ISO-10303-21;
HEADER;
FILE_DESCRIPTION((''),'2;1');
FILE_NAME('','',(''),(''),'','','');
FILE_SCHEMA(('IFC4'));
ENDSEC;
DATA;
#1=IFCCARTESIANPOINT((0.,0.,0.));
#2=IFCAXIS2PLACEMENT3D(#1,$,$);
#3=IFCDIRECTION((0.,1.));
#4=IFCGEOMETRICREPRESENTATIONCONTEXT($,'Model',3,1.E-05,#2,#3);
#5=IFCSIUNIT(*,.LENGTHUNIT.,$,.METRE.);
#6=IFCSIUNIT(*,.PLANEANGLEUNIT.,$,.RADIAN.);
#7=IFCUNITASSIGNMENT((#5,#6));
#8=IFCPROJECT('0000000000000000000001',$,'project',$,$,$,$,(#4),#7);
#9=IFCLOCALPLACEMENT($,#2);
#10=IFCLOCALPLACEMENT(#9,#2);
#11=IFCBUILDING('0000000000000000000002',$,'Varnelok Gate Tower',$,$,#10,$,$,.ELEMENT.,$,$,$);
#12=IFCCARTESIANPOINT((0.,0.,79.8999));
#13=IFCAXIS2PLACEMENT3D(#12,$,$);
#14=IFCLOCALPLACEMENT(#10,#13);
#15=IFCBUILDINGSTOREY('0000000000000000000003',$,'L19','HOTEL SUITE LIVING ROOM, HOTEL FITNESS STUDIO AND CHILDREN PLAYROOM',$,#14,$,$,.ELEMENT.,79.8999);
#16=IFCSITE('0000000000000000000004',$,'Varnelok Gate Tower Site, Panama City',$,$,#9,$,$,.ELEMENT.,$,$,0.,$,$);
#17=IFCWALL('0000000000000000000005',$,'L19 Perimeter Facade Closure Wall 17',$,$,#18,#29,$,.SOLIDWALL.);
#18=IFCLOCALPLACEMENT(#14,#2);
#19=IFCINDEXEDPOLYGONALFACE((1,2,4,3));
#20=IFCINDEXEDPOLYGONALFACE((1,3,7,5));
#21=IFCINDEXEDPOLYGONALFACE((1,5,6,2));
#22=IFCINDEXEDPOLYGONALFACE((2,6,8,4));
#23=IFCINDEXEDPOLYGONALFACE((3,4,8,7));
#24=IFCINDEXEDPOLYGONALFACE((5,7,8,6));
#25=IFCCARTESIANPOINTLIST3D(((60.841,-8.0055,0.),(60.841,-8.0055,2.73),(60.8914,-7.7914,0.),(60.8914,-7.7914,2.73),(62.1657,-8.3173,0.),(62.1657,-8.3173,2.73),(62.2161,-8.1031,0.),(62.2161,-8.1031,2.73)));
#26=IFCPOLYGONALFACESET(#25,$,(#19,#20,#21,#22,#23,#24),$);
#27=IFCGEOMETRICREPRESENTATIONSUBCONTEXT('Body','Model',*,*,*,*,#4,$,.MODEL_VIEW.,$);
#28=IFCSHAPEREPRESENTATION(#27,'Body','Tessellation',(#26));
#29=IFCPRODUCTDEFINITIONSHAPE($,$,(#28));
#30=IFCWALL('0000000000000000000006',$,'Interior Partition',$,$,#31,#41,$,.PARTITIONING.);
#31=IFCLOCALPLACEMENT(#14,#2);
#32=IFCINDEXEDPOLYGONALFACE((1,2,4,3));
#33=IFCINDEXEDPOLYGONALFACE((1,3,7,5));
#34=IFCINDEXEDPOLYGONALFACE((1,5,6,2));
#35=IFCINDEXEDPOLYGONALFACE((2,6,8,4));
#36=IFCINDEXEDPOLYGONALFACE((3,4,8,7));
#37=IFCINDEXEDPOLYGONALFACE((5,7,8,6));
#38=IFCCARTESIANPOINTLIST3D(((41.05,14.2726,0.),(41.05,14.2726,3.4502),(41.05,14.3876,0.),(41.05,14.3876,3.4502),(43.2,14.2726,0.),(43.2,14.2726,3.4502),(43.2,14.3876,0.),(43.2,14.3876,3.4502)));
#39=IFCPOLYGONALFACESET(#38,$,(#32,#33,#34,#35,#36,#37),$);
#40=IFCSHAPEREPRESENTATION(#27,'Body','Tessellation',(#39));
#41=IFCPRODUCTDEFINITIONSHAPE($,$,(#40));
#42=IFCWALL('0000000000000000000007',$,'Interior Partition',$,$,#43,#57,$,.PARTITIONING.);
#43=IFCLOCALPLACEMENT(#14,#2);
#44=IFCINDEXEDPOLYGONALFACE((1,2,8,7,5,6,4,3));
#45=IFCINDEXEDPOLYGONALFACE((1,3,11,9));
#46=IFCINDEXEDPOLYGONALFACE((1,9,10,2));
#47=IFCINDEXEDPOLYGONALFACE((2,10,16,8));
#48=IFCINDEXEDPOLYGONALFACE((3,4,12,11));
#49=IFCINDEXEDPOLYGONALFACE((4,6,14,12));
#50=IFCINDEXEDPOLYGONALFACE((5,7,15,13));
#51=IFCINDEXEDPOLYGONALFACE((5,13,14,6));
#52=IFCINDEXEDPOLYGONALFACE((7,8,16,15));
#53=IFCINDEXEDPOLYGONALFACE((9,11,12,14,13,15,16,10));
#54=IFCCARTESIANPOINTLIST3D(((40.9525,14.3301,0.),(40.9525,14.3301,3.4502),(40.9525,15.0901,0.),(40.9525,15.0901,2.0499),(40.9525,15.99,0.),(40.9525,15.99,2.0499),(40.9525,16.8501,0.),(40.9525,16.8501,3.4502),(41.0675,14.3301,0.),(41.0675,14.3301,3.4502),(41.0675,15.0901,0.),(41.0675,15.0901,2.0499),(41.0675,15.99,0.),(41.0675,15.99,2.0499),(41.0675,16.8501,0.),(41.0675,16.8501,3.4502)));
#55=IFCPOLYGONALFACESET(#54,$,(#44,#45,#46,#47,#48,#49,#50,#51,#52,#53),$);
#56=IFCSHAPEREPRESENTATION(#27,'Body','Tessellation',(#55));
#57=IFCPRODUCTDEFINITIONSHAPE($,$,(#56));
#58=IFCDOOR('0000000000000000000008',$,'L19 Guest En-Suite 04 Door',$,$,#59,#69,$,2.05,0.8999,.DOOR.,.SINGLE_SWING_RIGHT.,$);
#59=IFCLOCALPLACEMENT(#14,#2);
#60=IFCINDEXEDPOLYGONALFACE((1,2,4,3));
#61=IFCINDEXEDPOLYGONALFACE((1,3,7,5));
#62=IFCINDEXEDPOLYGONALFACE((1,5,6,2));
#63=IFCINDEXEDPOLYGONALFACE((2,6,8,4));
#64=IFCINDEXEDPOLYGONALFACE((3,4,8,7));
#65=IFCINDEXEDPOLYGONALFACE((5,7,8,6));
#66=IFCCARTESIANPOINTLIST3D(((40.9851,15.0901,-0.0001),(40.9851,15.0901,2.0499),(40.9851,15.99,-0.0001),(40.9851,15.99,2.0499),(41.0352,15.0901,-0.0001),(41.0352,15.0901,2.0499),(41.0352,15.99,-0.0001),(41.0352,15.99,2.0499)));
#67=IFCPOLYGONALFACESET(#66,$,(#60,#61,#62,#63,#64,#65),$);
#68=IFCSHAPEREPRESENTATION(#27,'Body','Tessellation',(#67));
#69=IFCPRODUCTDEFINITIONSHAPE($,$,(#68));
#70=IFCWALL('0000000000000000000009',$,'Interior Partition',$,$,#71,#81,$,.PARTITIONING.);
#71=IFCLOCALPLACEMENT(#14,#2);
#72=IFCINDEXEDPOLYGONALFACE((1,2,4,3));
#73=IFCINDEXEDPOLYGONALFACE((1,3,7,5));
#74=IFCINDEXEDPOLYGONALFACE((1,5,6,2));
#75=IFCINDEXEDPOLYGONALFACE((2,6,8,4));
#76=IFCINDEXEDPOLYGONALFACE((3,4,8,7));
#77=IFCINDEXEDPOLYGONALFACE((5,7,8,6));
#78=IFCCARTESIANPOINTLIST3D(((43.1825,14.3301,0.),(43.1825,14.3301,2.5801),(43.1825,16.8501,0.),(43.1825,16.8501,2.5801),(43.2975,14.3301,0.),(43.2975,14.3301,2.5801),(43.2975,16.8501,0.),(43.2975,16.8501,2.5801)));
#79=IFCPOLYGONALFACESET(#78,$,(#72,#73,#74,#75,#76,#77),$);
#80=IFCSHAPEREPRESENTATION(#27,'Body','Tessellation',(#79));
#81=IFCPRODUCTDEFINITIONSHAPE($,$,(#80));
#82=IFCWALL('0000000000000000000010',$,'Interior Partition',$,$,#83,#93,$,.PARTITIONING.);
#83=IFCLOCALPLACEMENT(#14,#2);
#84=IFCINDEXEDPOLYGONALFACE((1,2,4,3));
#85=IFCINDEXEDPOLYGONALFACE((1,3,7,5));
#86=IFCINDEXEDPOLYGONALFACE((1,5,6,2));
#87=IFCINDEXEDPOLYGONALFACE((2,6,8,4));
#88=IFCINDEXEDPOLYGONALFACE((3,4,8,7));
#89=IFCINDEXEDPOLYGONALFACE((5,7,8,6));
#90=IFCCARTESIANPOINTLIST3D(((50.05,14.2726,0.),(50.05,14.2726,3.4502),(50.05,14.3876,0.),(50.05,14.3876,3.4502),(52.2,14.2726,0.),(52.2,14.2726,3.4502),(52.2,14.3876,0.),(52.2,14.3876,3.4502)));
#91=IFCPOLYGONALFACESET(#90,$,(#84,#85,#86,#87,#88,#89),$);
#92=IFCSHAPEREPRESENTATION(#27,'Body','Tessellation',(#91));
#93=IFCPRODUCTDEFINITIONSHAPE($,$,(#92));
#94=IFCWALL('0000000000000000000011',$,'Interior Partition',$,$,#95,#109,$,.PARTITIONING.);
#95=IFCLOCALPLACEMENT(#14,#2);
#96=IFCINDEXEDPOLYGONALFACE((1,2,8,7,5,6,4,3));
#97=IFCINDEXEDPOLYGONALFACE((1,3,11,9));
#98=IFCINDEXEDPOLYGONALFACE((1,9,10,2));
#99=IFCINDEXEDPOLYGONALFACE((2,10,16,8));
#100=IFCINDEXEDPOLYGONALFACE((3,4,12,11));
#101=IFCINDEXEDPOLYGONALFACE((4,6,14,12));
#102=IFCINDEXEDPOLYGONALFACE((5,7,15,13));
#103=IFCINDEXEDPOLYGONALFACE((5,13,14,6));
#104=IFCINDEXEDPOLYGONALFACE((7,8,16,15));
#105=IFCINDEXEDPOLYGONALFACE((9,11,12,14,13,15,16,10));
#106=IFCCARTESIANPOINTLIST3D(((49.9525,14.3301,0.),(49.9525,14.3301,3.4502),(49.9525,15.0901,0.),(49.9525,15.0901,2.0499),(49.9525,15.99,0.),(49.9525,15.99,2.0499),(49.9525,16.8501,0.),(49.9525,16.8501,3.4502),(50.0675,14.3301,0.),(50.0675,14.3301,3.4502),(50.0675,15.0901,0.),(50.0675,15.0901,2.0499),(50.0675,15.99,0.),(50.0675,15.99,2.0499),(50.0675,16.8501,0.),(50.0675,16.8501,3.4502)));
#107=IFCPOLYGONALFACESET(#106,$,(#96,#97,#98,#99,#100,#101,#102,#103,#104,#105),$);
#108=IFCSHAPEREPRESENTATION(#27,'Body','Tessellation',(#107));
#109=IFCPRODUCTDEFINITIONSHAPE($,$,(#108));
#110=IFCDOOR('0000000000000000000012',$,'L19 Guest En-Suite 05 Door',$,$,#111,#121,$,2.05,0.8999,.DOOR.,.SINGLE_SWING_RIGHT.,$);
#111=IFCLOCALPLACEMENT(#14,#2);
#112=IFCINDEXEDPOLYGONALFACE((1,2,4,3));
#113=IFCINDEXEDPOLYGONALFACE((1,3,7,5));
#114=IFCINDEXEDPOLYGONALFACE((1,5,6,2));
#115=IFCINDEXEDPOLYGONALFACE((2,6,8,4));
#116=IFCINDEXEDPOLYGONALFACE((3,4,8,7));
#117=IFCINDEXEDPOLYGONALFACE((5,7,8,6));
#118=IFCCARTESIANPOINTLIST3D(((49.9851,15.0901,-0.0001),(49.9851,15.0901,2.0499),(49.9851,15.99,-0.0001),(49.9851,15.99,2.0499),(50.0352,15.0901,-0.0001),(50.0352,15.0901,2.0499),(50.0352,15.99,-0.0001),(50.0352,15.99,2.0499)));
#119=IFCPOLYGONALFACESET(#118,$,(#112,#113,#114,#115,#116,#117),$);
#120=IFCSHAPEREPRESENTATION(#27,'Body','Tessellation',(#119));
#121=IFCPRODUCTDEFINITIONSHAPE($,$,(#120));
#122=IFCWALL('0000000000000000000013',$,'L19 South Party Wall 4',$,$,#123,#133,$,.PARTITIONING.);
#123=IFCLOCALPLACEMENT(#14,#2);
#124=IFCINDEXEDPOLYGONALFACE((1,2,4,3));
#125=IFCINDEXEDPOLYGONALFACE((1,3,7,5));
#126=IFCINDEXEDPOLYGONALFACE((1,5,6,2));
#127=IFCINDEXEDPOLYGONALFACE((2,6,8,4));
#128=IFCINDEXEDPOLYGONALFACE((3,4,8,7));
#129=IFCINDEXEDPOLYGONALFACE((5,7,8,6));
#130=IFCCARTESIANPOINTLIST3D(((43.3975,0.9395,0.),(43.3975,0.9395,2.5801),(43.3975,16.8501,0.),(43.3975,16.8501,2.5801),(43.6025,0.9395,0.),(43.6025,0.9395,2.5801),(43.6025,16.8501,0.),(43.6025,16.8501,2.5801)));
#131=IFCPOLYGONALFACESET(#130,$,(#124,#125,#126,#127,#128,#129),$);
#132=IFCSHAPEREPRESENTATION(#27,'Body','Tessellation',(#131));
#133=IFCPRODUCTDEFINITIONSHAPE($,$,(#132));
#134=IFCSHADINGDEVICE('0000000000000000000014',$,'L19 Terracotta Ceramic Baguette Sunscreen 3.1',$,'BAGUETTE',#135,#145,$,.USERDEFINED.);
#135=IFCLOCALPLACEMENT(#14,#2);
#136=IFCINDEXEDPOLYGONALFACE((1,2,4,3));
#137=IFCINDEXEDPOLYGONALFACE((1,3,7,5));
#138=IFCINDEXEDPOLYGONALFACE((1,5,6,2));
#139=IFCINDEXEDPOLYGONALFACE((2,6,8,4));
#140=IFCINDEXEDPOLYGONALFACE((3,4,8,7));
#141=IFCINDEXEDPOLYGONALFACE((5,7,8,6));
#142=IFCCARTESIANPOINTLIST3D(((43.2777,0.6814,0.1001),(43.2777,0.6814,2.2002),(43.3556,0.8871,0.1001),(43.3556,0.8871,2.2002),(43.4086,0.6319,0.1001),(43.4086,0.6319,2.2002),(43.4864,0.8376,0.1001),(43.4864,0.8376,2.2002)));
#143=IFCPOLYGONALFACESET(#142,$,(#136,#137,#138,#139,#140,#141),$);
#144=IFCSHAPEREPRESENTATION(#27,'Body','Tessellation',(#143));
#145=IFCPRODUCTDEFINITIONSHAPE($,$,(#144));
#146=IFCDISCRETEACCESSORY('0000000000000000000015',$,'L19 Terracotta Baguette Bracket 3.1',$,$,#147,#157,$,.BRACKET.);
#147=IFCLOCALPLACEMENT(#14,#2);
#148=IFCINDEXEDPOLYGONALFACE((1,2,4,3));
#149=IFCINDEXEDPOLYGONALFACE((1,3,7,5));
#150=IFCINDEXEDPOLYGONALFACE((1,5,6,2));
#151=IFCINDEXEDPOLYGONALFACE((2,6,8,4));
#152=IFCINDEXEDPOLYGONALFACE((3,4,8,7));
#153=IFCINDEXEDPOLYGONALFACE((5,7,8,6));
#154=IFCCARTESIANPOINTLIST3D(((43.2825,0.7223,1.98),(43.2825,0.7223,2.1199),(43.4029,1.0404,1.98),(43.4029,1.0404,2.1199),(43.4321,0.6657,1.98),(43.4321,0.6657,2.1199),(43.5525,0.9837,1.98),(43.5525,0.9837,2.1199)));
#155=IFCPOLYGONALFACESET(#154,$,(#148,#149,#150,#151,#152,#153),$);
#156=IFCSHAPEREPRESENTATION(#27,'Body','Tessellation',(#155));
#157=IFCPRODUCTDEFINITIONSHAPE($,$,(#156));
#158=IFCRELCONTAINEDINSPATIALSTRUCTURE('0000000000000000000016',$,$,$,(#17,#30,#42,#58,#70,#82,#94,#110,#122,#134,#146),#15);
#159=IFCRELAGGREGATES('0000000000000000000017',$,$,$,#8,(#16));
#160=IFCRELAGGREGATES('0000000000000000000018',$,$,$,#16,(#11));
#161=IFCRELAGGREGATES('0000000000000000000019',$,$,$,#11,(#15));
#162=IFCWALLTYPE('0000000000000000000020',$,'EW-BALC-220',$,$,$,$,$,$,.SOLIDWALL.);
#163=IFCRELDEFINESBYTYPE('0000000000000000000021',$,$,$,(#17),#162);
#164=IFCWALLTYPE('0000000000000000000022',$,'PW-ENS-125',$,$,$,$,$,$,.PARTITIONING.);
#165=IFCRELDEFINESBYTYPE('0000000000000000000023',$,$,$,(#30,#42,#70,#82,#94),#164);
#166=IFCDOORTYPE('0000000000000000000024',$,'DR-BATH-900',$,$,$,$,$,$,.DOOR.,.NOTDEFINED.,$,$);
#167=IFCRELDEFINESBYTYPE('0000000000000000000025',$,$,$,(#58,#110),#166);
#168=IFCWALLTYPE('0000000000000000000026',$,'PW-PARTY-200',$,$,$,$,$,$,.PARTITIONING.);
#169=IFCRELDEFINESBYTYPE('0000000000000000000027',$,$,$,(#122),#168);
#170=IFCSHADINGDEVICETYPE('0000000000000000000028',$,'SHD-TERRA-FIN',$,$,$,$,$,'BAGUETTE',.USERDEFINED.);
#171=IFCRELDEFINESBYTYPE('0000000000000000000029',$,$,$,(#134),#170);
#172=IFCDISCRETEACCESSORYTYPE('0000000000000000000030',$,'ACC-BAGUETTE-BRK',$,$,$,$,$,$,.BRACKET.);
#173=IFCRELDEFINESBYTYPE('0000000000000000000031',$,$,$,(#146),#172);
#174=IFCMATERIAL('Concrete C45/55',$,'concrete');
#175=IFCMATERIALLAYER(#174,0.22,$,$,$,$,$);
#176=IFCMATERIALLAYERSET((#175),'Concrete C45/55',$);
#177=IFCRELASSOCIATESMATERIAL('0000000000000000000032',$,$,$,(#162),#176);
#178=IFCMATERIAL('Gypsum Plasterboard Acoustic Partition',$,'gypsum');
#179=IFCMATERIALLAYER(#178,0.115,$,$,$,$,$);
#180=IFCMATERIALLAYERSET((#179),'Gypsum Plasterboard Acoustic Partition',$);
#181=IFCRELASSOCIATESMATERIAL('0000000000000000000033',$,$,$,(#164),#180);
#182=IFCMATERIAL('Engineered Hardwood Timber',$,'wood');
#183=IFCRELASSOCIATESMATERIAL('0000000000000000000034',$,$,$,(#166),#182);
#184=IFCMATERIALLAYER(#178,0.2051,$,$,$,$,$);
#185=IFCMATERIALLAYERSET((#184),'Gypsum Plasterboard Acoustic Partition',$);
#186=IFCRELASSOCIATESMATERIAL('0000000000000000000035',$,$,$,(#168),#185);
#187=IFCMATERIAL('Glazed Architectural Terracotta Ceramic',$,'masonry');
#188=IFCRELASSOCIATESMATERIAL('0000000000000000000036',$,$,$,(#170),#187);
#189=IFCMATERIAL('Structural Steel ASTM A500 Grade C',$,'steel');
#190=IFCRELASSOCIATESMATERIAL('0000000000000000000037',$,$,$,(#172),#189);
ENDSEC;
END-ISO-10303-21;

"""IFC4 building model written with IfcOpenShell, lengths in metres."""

from ifc_helpers import new_model, si_unit, direction, frame, frame_2d, origin, origin_2d, place, context, subcontext, project, spatial, rectangle, extrude, source, transform, mapped, material, layer, layer_set, type_object, element, fill, save


model = new_model("IFC4")

# Units and contexts
model_context = context("Model", 3, precision=1e-05, world=origin(), true_north=direction((0.0, 1.0)))
body_context = subcontext(model_context, "Body", "Model", "MODEL_VIEW")
ifc_project = project(units=[si_unit("LENGTHUNIT", "METRE"), si_unit("PLANEANGLEUNIT", "RADIAN")], contexts=[model_context])

# Site, building, storey
site_placement = place(None, origin())
site = spatial("IfcSite", under=ifc_project, at=site_placement, Name="Varnelok Gate Tower Site, Panama City", CompositionType="ELEMENT", RefElevation=0.0)
building_placement = place(site_placement, origin())
building = spatial("IfcBuilding", under=site, at=building_placement, Name="Varnelok Gate Tower", CompositionType="ELEMENT")
storey_placement = place(building_placement, frame((0.0, 0.0, 79.8999)))
storey = spatial("IfcBuildingStorey", under=building, at=storey_placement, Name="L19", Description="HOTEL SUITE LIVING ROOM, HOTEL FITNESS STUDIO AND CHILDREN PLAYROOM", CompositionType="ELEMENT", Elevation=79.8999)

# Shared definitions
ifc_material_1 = material(Name="Concrete C45/55", Category="concrete")
ifc_layer_1 = layer(ifc_material_1, 0.22)
ifc_layer_set_1 = layer_set([ifc_layer_1], Name="Concrete C45/55")
wall_type_1 = type_object("IfcWallType", Name="EW-BALC-220", PredefinedType="SOLIDWALL", material=ifc_layer_set_1)

# Walls
wall_1_placement = place(storey_placement, frame((60.8662, -7.8984, 0.0), z_axis=(0.0, 0.0, 1.0), x_axis=(0.973405, -0.229089, 0.0)))
element("IfcWall", 1, at=wall_1_placement, inside=storey, type_object=wall_type_1, Name="L19 Perimeter Facade Closure Wall 17", PredefinedType="SOLIDWALL", context=body_context, shape_type="SweptSolid", body=[
    extrude(rectangle(XDim=1.3608, YDim=0.22, at=frame_2d((0.6804, 0.0))), origin(), (0.0, 0.0, 1.0), 2.73),
])
ifc_material_2 = material(Name="Gypsum Plasterboard Acoustic Partition", Category="gypsum")
ifc_layer_2 = layer(ifc_material_2, 0.115)
ifc_layer_set_2 = layer_set([ifc_layer_2], Name="Gypsum Plasterboard Acoustic Partition")
wall_type_2 = type_object("IfcWallType", Name="PW-ENS-125", PredefinedType="PARTITIONING", material=ifc_layer_set_2)
wall_2_placement = place(storey_placement, frame((41.05, 14.3301, 0.0), z_axis=(0.0, 0.0, 1.0), x_axis=(1.0, 0.0, 0.0)))
element("IfcWall", 2, at=wall_2_placement, inside=storey, type_object=wall_type_2, Name="Interior Partition", PredefinedType="PARTITIONING", context=body_context, shape_type="SweptSolid", body=[
    extrude(rectangle(XDim=2.1499, YDim=0.115, at=frame_2d((1.075, 0.0))), origin(), (0.0, 0.0, 1.0), 3.4502),
])

# Wall, opening, door
wall_3_placement = place(storey_placement, frame((41.01, 14.3301, 0.0), z_axis=(0.0, 0.0, 1.0), x_axis=(0.0, 1.0, 0.0)))
wall_3 = element("IfcWall", 3, at=wall_3_placement, inside=storey, type_object=wall_type_2, Name="Interior Partition", PredefinedType="PARTITIONING", context=body_context, shape_type="SweptSolid", body=[
    extrude(rectangle(XDim=2.52, YDim=0.115, at=frame_2d((1.26, 0.0))), origin(), (0.0, 0.0, 1.0), 3.4502),
])
opening_1_placement = place(wall_3_placement, frame((0.76, 0.0, 0.0)))
opening_1 = element("IfcOpeningElement", 4, at=opening_1_placement, cuts=wall_3, PredefinedType="OPENING", context=body_context, shape_type="SweptSolid", body=[
    extrude(rectangle(XDim=0.8999, YDim=2.05, at=frame_2d((0.45, 1.0249))), frame((0.0, 0.0674, 0.0), z_axis=(0.0, -1.0, 0.0), x_axis=(1.0, 0.0, 0.0)), (0.0, 0.0, 1.0), 0.135),
])
ifc_material_3 = material(Name="Engineered Hardwood Timber", Category="wood")
door_type_1 = type_object("IfcDoorType", Name="DR-BATH-900", OperationType="NOTDEFINED", PredefinedType="DOOR", material=ifc_material_3)
door_1_placement = place(opening_1_placement, origin())
door_1 = element("IfcDoor", 5, at=door_1_placement, inside=storey, type_object=door_type_1, Name="L19 Guest En-Suite 04 Door", OperationType="SINGLE_SWING_RIGHT", OverallHeight=2.05, OverallWidth=0.8999, PredefinedType="DOOR", context=body_context, shape_type="SweptSolid", body=[
    extrude(rectangle(XDim=0.8999, YDim=2.05, at=frame_2d((0.45, 1.0249))), frame((0.0, 0.0249, 0.0), z_axis=(0.0, -1.0, 0.0), x_axis=(1.0, 0.0, 0.0)), (0.0, 0.0, 1.0), 0.05),
])
fill(opening_1, door_1)

# Walls
wall_4_placement = place(storey_placement, frame((43.24, 14.3301, 0.0), z_axis=(0.0, 0.0, 1.0), x_axis=(0.0, 1.0, 0.0)))
element("IfcWall", 6, at=wall_4_placement, inside=storey, type_object=wall_type_2, Name="Interior Partition", PredefinedType="PARTITIONING", context=body_context, shape_type="SweptSolid", body=[
    extrude(rectangle(XDim=2.52, YDim=0.115, at=frame_2d((1.26, 0.0))), origin(), (0.0, 0.0, 1.0), 2.5801),
])
wall_5_placement = place(storey_placement, frame((50.05, 14.3301, 0.0), z_axis=(0.0, 0.0, 1.0), x_axis=(1.0, 0.0, 0.0)))
element("IfcWall", 7, at=wall_5_placement, inside=storey, type_object=wall_type_2, Name="Interior Partition", PredefinedType="PARTITIONING", context=body_context, shape_type="SweptSolid", body=[
    extrude(rectangle(XDim=2.1499, YDim=0.115, at=frame_2d((1.075, 0.0))), origin(), (0.0, 0.0, 1.0), 3.4502),
])

# Wall, opening, door
wall_6_placement = place(storey_placement, frame((50.01, 14.3301, 0.0), z_axis=(0.0, 0.0, 1.0), x_axis=(0.0, 1.0, 0.0)))
wall_6 = element("IfcWall", 8, at=wall_6_placement, inside=storey, type_object=wall_type_2, Name="Interior Partition", PredefinedType="PARTITIONING", context=body_context, shape_type="SweptSolid", body=[
    extrude(rectangle(XDim=2.52, YDim=0.115, at=frame_2d((1.26, 0.0))), origin(), (0.0, 0.0, 1.0), 3.4502),
])
opening_2_placement = place(wall_6_placement, frame((0.76, 0.0, 0.0)))
opening_2 = element("IfcOpeningElement", 9, at=opening_2_placement, cuts=wall_6, PredefinedType="OPENING", context=body_context, shape_type="SweptSolid", body=[
    extrude(rectangle(XDim=0.8999, YDim=2.05, at=frame_2d((0.45, 1.0249))), frame((0.0, 0.0674, 0.0), z_axis=(0.0, -1.0, 0.0), x_axis=(1.0, 0.0, 0.0)), (0.0, 0.0, 1.0), 0.135),
])
door_2_placement = place(opening_2_placement, origin())
door_2 = element("IfcDoor", 10, at=door_2_placement, inside=storey, type_object=door_type_1, Name="L19 Guest En-Suite 05 Door", OperationType="SINGLE_SWING_RIGHT", OverallHeight=2.05, OverallWidth=0.8999, PredefinedType="DOOR", context=body_context, shape_type="SweptSolid", body=[
    extrude(rectangle(XDim=0.8999, YDim=2.05, at=frame_2d((0.45, 1.0249))), frame((0.0, 0.0249, 0.0), z_axis=(0.0, -1.0, 0.0), x_axis=(1.0, 0.0, 0.0)), (0.0, 0.0, 1.0), 0.05),
])
fill(opening_2, door_2)

# Wall
ifc_layer_3 = layer(ifc_material_2, 0.2051)
ifc_layer_set_3 = layer_set([ifc_layer_3], Name="Gypsum Plasterboard Acoustic Partition")
wall_type_3 = type_object("IfcWallType", Name="PW-PARTY-200", PredefinedType="PARTITIONING", material=ifc_layer_set_3)
wall_7_placement = place(storey_placement, frame((43.5, 0.9395, 0.0), z_axis=(0.0, 0.0, 1.0), x_axis=(0.0, 1.0, 0.0)))
element("IfcWall", 11, at=wall_7_placement, inside=storey, type_object=wall_type_3, Name="L19 South Party Wall 4", PredefinedType="PARTITIONING", context=body_context, shape_type="SweptSolid", body=[
    extrude(rectangle(XDim=15.9106, YDim=0.2051, at=frame_2d((7.9553, 0.0))), origin(), (0.0, 0.0, 1.0), 2.5801),
])

# Shading device
ifc_material_4 = material(Name="Glazed Architectural Terracotta Ceramic", Category="masonry")
shading_device_type = type_object("IfcShadingDeviceType", Name="SHD-TERRA-FIN", ElementType="BAGUETTE", PredefinedType="USERDEFINED", material=ifc_material_4)
shared_shape_1 = source(origin(), body_context, "Body", "SweptSolid", [
    extrude(rectangle(XDim=0.1399, YDim=0.22, at=origin_2d()), origin(), (0.0, 0.0, 1.0), 2.1001),
])
shading_device_placement = place(storey_placement, frame((43.3821, 0.7595, 0.1001), z_axis=(0.0, 0.0, 1.0), x_axis=(0.935222, -0.354063, 0.0)))
element("IfcShadingDevice", 12, at=shading_device_placement, inside=storey, type_object=shading_device_type, Name="L19 Terracotta Ceramic Baguette Sunscreen 3.1", ObjectType="BAGUETTE", PredefinedType="USERDEFINED", context=body_context, shape_type="MappedRepresentation", body=[
    mapped(shared_shape_1, transform((0.0, 0.0, 0.0), scale=1.0)),
])

# Discrete accessory
ifc_material_5 = material(Name="Structural Steel ASTM A500 Grade C", Category="steel")
discrete_accessory_type = type_object("IfcDiscreteAccessoryType", Name="ACC-BAGUETTE-BRK", PredefinedType="BRACKET", material=ifc_material_5)
shared_shape_2 = source(origin(), body_context, "Body", "SweptSolid", [
    extrude(rectangle(XDim=0.1599, YDim=0.3401, at=origin_2d()), origin(), (0.0, 0.0, 1.0), 0.1399),
])
discrete_accessory_placement = place(storey_placement, frame((43.4175, 0.853, 1.98), z_axis=(0.0, 0.0, 1.0), x_axis=(0.935222, -0.354063, 0.0)))
element("IfcDiscreteAccessory", 13, at=discrete_accessory_placement, inside=storey, type_object=discrete_accessory_type, Name="L19 Terracotta Baguette Bracket 3.1", PredefinedType="BRACKET", context=body_context, shape_type="MappedRepresentation", body=[
    mapped(shared_shape_2, transform((0.0, 0.0, 0.0), scale=1.0)),
])

save(model, "model.ifc")
